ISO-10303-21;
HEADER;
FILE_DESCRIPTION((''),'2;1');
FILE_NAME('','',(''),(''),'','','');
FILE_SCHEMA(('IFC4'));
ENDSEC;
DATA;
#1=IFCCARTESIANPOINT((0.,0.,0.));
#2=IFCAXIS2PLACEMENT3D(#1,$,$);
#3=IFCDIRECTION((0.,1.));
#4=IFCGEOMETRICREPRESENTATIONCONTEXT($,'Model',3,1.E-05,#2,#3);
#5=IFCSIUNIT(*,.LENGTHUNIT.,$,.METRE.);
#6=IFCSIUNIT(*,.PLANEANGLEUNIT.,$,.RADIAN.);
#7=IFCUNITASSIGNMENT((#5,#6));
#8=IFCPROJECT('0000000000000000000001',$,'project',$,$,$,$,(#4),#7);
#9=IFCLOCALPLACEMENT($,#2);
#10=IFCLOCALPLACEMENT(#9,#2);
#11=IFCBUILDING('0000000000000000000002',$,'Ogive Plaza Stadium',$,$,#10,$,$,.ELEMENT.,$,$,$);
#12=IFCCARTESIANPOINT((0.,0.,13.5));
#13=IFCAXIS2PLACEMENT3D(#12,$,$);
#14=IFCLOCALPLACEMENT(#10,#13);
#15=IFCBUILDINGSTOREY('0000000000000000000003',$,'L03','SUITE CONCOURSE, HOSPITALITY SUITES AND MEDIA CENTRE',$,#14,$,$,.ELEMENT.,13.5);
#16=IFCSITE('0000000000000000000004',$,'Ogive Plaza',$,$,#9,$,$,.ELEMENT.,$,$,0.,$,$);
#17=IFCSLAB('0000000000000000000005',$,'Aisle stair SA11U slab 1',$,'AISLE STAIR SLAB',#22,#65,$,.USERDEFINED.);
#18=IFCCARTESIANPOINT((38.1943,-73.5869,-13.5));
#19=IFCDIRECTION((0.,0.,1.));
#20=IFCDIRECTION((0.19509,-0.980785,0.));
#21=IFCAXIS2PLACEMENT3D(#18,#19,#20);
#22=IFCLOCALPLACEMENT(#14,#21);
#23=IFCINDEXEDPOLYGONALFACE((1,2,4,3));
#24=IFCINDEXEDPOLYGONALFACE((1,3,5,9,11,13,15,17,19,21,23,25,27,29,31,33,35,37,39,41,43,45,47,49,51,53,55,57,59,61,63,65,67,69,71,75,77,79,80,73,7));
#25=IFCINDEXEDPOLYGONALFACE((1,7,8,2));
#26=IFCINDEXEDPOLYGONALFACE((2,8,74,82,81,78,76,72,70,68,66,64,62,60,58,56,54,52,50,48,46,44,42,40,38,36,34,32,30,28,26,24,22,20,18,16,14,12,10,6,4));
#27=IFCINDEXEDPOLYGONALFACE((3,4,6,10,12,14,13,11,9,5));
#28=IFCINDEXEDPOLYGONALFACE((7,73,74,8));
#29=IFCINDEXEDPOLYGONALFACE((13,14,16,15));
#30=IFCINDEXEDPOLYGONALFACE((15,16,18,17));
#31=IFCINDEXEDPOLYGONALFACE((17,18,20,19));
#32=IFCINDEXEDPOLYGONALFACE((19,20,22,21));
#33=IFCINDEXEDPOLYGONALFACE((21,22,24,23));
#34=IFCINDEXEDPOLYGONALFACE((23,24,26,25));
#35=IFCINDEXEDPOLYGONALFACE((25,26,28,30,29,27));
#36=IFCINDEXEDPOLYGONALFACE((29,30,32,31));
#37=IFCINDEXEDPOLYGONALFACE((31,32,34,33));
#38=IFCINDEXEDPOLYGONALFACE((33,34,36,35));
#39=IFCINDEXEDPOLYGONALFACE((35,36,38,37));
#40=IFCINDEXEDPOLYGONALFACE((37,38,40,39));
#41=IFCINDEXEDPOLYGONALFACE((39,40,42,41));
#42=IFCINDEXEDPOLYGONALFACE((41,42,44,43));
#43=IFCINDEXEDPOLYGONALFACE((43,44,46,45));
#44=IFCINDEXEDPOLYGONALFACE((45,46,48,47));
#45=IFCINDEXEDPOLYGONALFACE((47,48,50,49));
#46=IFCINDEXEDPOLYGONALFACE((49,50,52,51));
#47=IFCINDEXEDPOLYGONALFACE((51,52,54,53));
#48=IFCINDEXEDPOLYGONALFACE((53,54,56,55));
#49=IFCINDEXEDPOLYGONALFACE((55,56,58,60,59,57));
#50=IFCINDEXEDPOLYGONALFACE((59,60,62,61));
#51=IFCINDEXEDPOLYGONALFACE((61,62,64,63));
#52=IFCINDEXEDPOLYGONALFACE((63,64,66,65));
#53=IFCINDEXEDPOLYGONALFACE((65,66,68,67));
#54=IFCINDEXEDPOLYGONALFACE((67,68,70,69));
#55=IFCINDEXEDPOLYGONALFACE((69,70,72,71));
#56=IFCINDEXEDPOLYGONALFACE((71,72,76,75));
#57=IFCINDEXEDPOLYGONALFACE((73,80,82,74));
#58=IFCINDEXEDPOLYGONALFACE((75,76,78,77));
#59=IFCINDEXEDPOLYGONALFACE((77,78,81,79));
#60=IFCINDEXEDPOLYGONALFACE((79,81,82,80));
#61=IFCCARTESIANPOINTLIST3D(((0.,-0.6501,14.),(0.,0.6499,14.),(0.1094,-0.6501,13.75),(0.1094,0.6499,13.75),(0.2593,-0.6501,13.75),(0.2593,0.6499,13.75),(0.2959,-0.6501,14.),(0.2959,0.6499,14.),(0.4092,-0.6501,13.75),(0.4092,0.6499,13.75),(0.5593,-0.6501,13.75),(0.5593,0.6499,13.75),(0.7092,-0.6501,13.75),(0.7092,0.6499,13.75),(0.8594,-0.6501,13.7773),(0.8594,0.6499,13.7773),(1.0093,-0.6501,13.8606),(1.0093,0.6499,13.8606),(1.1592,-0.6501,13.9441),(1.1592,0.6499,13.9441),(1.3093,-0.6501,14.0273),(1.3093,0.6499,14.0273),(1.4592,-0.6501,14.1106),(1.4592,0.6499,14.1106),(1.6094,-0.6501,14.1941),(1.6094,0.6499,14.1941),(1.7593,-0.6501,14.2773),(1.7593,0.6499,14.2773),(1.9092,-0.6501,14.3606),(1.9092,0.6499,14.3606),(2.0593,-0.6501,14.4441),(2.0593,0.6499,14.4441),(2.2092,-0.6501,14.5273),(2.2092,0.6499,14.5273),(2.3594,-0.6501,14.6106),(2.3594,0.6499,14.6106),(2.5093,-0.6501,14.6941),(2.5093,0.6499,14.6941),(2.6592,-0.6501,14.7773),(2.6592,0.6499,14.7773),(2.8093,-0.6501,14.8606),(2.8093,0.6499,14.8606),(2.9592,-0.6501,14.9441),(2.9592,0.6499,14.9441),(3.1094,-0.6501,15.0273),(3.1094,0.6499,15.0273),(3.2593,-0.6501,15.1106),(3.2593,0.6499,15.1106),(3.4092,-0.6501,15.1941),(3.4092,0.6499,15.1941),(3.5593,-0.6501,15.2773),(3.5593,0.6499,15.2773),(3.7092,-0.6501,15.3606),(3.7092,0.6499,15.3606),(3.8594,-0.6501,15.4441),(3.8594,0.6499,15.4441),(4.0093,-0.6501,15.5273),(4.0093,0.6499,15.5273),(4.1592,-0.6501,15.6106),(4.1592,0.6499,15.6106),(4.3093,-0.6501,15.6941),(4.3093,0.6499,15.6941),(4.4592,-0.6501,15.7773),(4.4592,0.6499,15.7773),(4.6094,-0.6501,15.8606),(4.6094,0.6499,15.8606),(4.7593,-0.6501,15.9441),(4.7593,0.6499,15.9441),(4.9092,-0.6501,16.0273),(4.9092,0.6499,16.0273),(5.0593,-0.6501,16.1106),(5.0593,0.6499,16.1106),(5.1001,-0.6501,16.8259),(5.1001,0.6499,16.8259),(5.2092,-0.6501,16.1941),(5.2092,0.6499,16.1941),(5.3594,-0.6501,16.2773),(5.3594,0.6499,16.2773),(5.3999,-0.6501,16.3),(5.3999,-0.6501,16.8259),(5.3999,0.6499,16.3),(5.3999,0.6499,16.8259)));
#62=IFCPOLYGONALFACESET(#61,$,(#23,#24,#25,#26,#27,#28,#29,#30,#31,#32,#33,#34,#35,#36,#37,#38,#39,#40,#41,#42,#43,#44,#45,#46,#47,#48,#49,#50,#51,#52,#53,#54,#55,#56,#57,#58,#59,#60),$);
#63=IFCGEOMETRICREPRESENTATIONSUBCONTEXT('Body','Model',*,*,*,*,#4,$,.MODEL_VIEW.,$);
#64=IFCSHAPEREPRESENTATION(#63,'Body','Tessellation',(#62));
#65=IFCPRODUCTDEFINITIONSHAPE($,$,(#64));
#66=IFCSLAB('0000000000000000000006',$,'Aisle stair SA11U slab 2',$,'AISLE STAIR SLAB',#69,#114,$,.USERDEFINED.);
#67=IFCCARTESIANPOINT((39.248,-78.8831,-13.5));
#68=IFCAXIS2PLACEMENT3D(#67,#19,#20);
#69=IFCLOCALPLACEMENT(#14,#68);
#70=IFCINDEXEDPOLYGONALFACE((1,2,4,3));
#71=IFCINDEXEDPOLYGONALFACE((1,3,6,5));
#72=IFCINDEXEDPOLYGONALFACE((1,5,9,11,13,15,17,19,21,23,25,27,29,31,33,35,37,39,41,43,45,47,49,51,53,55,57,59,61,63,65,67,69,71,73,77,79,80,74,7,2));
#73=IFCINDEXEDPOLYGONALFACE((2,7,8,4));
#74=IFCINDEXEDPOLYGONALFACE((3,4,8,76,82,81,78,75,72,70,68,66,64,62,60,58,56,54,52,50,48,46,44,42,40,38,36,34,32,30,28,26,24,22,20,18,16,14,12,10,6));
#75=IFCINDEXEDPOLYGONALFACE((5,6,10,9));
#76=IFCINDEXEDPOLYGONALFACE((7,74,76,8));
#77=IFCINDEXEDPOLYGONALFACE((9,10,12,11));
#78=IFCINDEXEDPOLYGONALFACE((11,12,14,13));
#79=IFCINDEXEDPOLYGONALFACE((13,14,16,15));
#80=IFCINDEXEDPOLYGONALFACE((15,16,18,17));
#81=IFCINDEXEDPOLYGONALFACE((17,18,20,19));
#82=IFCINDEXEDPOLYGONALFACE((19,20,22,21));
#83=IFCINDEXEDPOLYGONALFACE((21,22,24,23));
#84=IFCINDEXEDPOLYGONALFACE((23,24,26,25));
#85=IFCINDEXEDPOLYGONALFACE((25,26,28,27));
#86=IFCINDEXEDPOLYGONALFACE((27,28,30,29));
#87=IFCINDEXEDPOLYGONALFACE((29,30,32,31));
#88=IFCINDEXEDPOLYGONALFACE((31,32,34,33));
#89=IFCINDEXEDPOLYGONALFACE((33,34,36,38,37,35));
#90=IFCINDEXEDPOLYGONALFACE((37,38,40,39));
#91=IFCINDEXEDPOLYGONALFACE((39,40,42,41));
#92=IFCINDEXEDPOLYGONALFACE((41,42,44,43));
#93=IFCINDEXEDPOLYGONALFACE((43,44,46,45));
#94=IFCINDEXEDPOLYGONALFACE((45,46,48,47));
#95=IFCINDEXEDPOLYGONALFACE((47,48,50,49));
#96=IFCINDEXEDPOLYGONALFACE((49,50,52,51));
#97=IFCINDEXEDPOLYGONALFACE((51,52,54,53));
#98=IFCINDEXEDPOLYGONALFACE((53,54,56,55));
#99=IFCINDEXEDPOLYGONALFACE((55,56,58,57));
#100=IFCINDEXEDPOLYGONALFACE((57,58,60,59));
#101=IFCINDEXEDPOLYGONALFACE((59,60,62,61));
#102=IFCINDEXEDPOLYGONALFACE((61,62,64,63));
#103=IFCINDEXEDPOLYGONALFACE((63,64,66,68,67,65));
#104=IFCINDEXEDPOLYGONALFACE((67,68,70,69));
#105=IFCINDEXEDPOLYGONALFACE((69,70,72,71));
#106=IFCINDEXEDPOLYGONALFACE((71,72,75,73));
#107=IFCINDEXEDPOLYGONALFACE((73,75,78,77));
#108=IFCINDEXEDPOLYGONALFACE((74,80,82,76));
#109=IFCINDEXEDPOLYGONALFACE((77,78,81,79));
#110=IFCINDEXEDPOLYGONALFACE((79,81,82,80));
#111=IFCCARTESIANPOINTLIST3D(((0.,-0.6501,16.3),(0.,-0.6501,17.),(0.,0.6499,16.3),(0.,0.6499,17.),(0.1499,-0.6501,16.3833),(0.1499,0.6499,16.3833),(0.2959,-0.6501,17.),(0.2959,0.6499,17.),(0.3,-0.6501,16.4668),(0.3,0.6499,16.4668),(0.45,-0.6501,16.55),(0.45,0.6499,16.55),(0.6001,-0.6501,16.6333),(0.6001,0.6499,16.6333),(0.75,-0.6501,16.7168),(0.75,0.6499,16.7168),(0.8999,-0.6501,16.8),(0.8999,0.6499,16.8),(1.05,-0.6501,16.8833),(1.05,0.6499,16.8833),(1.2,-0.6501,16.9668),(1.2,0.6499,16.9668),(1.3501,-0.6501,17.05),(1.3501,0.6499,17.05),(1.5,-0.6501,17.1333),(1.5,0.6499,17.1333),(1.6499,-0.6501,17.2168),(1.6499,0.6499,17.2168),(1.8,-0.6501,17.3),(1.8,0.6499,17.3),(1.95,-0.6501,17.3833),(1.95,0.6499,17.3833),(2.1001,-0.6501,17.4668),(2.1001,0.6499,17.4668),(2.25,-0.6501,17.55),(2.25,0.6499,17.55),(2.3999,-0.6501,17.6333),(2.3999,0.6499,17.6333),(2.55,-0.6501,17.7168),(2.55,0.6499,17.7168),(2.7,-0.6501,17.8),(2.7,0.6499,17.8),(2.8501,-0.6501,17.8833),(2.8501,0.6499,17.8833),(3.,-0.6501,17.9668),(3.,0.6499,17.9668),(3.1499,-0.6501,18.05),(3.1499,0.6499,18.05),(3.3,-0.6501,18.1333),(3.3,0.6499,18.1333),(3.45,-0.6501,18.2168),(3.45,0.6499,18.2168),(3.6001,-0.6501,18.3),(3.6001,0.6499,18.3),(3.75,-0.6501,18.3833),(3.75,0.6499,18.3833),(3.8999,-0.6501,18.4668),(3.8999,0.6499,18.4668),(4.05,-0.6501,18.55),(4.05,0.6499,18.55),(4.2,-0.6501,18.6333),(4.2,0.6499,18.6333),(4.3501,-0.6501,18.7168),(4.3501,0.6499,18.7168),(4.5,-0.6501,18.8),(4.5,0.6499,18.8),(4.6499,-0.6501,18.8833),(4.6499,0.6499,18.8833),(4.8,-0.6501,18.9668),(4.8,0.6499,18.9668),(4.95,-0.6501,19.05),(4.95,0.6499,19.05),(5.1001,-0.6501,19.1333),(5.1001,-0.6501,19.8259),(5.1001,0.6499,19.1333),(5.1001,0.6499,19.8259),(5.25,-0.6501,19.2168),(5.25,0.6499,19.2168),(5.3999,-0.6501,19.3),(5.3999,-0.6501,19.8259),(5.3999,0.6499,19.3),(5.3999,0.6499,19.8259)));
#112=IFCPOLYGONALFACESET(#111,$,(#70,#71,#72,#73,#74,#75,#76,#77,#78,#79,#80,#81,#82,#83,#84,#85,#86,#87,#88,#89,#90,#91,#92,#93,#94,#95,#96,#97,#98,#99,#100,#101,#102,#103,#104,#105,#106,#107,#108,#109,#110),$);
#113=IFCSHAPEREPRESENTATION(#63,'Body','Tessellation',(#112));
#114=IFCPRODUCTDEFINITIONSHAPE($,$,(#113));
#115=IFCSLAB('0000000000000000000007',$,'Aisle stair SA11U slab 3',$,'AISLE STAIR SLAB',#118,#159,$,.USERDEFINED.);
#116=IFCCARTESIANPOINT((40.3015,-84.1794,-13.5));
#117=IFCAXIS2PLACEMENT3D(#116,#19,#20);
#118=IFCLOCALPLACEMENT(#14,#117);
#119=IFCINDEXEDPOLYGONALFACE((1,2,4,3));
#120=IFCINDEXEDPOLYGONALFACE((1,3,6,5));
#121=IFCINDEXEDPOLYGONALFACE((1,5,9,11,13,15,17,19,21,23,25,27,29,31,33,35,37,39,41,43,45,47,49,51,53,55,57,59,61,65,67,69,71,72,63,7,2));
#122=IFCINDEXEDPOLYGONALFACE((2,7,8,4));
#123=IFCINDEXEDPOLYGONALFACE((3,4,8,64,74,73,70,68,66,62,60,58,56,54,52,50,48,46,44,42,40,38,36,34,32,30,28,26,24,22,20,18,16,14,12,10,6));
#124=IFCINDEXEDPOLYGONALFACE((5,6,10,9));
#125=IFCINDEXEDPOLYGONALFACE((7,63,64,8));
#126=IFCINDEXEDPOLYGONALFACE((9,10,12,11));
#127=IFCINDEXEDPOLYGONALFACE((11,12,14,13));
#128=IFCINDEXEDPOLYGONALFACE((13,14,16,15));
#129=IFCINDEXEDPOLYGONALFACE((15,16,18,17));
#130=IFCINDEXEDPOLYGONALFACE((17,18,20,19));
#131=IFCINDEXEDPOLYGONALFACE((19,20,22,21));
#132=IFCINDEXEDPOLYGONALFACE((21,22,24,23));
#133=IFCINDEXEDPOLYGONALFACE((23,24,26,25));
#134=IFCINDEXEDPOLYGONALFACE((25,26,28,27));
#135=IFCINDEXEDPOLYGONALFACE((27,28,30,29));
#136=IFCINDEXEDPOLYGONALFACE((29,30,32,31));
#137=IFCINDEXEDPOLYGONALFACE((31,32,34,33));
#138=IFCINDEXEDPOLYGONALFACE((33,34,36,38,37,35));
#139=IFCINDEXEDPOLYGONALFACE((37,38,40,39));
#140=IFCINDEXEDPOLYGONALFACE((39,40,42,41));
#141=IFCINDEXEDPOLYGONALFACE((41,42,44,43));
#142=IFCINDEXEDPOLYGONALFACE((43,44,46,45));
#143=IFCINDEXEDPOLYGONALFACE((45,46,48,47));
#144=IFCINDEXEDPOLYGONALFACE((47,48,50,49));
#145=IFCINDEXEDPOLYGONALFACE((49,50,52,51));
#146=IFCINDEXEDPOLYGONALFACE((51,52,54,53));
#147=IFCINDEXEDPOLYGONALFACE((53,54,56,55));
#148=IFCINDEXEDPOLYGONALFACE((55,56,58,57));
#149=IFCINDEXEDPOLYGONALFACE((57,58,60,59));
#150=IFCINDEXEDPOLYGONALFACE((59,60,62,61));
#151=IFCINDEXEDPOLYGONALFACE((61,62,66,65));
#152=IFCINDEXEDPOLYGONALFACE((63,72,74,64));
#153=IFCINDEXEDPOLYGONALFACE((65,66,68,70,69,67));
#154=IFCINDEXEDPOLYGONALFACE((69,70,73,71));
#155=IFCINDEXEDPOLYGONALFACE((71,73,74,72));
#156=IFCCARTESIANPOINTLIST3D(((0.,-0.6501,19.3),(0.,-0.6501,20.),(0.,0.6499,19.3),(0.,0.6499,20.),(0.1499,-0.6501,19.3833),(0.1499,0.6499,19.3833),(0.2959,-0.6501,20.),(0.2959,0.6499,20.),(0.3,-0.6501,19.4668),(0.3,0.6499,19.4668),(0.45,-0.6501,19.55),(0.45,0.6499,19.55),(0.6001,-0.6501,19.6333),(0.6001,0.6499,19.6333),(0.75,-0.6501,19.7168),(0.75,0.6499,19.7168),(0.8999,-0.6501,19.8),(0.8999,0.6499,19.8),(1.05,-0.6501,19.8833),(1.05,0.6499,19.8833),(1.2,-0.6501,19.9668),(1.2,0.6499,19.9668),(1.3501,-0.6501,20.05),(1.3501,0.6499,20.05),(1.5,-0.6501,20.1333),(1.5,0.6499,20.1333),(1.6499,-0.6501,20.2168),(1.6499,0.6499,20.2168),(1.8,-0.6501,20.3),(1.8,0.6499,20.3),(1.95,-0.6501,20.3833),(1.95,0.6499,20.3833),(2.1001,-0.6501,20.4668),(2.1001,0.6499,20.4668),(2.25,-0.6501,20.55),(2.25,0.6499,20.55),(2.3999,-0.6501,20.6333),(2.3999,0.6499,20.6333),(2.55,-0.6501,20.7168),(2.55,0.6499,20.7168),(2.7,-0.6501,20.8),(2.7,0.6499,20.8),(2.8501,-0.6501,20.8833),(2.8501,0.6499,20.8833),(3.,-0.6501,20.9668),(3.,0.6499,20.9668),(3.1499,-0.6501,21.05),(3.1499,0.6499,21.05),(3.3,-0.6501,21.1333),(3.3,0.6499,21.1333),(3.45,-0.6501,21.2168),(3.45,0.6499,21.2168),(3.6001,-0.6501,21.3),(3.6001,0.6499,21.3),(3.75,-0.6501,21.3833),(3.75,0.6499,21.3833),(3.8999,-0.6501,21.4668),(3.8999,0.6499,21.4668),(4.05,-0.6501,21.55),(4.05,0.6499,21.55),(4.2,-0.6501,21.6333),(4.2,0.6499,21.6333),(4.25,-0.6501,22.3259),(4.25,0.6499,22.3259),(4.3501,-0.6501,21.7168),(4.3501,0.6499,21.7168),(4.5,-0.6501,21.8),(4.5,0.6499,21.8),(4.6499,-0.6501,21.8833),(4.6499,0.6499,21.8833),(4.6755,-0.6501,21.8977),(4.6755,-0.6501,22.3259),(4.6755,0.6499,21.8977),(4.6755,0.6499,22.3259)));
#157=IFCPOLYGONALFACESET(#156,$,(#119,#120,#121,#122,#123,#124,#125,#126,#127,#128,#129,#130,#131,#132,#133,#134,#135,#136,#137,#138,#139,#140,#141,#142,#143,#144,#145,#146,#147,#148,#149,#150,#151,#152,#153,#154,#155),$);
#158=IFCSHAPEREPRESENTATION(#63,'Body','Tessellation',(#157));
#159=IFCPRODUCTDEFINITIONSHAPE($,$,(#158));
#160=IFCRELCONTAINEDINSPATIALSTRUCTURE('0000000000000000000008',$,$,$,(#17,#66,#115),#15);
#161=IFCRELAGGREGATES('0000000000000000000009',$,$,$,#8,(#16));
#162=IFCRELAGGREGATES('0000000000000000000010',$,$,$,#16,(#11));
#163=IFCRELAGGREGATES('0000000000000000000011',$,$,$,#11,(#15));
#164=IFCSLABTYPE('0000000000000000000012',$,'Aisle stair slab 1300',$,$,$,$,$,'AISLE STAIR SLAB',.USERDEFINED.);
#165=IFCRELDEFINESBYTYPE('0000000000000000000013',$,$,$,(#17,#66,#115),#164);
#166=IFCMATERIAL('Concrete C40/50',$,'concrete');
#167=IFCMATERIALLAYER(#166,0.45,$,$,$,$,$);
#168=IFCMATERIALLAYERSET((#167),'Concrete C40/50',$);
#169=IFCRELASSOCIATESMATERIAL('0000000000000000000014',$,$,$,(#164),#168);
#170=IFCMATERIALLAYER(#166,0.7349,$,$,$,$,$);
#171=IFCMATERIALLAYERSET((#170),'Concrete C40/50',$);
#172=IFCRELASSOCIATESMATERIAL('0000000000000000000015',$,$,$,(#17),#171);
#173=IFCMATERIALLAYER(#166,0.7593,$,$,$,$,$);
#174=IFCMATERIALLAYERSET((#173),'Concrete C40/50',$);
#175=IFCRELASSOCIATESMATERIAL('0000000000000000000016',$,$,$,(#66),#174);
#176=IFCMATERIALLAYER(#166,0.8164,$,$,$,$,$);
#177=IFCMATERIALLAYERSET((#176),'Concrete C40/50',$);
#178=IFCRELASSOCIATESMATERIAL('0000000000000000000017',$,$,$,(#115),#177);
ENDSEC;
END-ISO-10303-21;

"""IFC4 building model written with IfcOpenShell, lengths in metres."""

from ifc_helpers import new_model, si_unit, direction, frame, origin, place, context, subcontext, project, spatial, polyline, outline, extrude, material, layer, layer_set, type_object, element, save


model = new_model("IFC4")

# Units and contexts
model_context = context("Model", 3, precision=1e-05, world=origin(), true_north=direction((0.0, 1.0)))
body_context = subcontext(model_context, "Body", "Model", "MODEL_VIEW")
ifc_project = project(units=[si_unit("LENGTHUNIT", "METRE"), si_unit("PLANEANGLEUNIT", "RADIAN")], contexts=[model_context])

# Site, building, storey
site_placement = place(None, origin())
site = spatial("IfcSite", under=ifc_project, at=site_placement, Name="Ogive Plaza", CompositionType="ELEMENT", RefElevation=0.0)
building_placement = place(site_placement, origin())
building = spatial("IfcBuilding", under=site, at=building_placement, Name="Ogive Plaza Stadium", CompositionType="ELEMENT")
storey_placement = place(building_placement, frame((0.0, 0.0, 13.5)))
storey = spatial("IfcBuildingStorey", under=building, at=storey_placement, Name="L03", Description="SUITE CONCOURSE, HOSPITALITY SUITES AND MEDIA CENTRE", CompositionType="ELEMENT", Elevation=13.5)

# Slabs
ifc_material_1 = material(Name="Concrete C40/50", Category="concrete")
ifc_layer_1 = layer(ifc_material_1, 0.7349)
ifc_layer_set_1 = layer_set([ifc_layer_1], Name="Concrete C40/50")
ifc_layer_2 = layer(ifc_material_1, 0.45)
ifc_layer_set_2 = layer_set([ifc_layer_2], Name="Concrete C40/50")
slab_type = type_object("IfcSlabType", Name="Aisle stair slab 1300", ElementType="AISLE STAIR SLAB", PredefinedType="USERDEFINED", material=ifc_layer_set_2)
slab_1_placement = place(storey_placement, frame((38.1943, -73.5869, -13.5), z_axis=(0.0, 0.0, 1.0), x_axis=(0.19509, -0.980785, 0.0)))
element("IfcSlab", 1, at=slab_1_placement, inside=storey, type_object=slab_type, material=ifc_layer_set_1, Name="Aisle stair SA11U slab 1", ObjectType="AISLE STAIR SLAB", PredefinedType="USERDEFINED", context=body_context, shape_type="SweptSolid", body=[
    extrude(outline(polyline([(0.0, 14.0), (0.2959, 14.0), (5.1001, 16.8259), (5.3999, 16.8259), (5.3999, 16.3), (5.3594, 16.2773), (5.2092, 16.1941), (5.0593, 16.1106), (4.9092, 16.0273), (4.7593, 15.9441), (4.6094, 15.8606), (4.4592, 15.7773), (4.3093, 15.6941), (4.1592, 15.6106), (4.0093, 15.5273), (3.8594, 15.4441), (3.7092, 15.3606), (3.5593, 15.2773), (3.4092, 15.1941), (3.2593, 15.1106), (3.1094, 15.0273), (2.9592, 14.9441), (2.8093, 14.8606), (2.6592, 14.7773), (2.5093, 14.6941), (2.3594, 14.6106), (2.2092, 14.5273), (2.0593, 14.4441), (1.9092, 14.3606), (1.7593, 14.2773), (1.6094, 14.1941), (1.4592, 14.1106), (1.3093, 14.0273), (1.1592, 13.9441), (1.0093, 13.8606), (0.8594, 13.7773), (0.7092, 13.75), (0.5593, 13.75), (0.4092, 13.75), (0.2593, 13.75), (0.1094, 13.75), (0.0, 14.0)])), frame((0.0, 0.6499, 0.0), z_axis=(0.0, -1.0, 0.0), x_axis=(1.0, 0.0, 0.0)), (0.0, 0.0, 1.0), 1.3),
])
ifc_layer_3 = layer(ifc_material_1, 0.7593)
ifc_layer_set_3 = layer_set([ifc_layer_3], Name="Concrete C40/50")
slab_2_placement = place(storey_placement, frame((39.248, -78.8831, -13.5), z_axis=(0.0, 0.0, 1.0), x_axis=(0.19509, -0.980785, 0.0)))
element("IfcSlab", 2, at=slab_2_placement, inside=storey, type_object=slab_type, material=ifc_layer_set_3, Name="Aisle stair SA11U slab 2", ObjectType="AISLE STAIR SLAB", PredefinedType="USERDEFINED", context=body_context, shape_type="SweptSolid", body=[
    extrude(outline(polyline([(0.0, 17.0), (0.2959, 17.0), (5.1001, 19.8259), (5.3999, 19.8259), (5.3999, 19.3), (5.25, 19.2168), (5.1001, 19.1333), (4.95, 19.05), (4.8, 18.9668), (4.6499, 18.8833), (4.5, 18.8), (4.3501, 18.7168), (4.2, 18.6333), (4.05, 18.55), (3.8999, 18.4668), (3.75, 18.3833), (3.6001, 18.3), (3.45, 18.2168), (3.3, 18.1333), (3.1499, 18.05), (3.0, 17.9668), (2.8501, 17.8833), (2.7, 17.8), (2.55, 17.7168), (2.3999, 17.6333), (2.25, 17.55), (2.1001, 17.4668), (1.95, 17.3833), (1.8, 17.3), (1.6499, 17.2168), (1.5, 17.1333), (1.3501, 17.05), (1.2, 16.9668), (1.05, 16.8833), (0.8999, 16.8), (0.75, 16.7168), (0.6001, 16.6333), (0.45, 16.55), (0.3, 16.4668), (0.1499, 16.3833), (0.0, 16.3), (0.0, 17.0)])), frame((0.0, 0.6499, 0.0), z_axis=(0.0, -1.0, 0.0), x_axis=(1.0, 0.0, 0.0)), (0.0, 0.0, 1.0), 1.3),
])
ifc_layer_4 = layer(ifc_material_1, 0.8164)
ifc_layer_set_4 = layer_set([ifc_layer_4], Name="Concrete C40/50")
slab_3_placement = place(storey_placement, frame((40.3015, -84.1794, -13.5), z_axis=(0.0, 0.0, 1.0), x_axis=(0.19509, -0.980785, 0.0)))
element("IfcSlab", 3, at=slab_3_placement, inside=storey, type_object=slab_type, material=ifc_layer_set_4, Name="Aisle stair SA11U slab 3", ObjectType="AISLE STAIR SLAB", PredefinedType="USERDEFINED", context=body_context, shape_type="SweptSolid", body=[
    extrude(outline(polyline([(0.0, 20.0), (0.2959, 20.0), (4.25, 22.3259), (4.6755, 22.3259), (4.6755, 21.8977), (4.6499, 21.8833), (4.5, 21.8), (4.3501, 21.7168), (4.2, 21.6333), (4.05, 21.55), (3.8999, 21.4668), (3.75, 21.3833), (3.6001, 21.3), (3.45, 21.2168), (3.3, 21.1333), (3.1499, 21.05), (3.0, 20.9668), (2.8501, 20.8833), (2.7, 20.8), (2.55, 20.7168), (2.3999, 20.6333), (2.25, 20.55), (2.1001, 20.4668), (1.95, 20.3833), (1.8, 20.3), (1.6499, 20.2168), (1.5, 20.1333), (1.3501, 20.05), (1.2, 19.9668), (1.05, 19.8833), (0.8999, 19.8), (0.75, 19.7168), (0.6001, 19.6333), (0.45, 19.55), (0.3, 19.4668), (0.1499, 19.3833), (0.0, 19.3), (0.0, 20.0)])), frame((0.0, 0.6499, 0.0), z_axis=(0.0, -1.0, 0.0), x_axis=(1.0, 0.0, 0.0)), (0.0, 0.0, 1.0), 1.3),
])

save(model, "model.ifc")
